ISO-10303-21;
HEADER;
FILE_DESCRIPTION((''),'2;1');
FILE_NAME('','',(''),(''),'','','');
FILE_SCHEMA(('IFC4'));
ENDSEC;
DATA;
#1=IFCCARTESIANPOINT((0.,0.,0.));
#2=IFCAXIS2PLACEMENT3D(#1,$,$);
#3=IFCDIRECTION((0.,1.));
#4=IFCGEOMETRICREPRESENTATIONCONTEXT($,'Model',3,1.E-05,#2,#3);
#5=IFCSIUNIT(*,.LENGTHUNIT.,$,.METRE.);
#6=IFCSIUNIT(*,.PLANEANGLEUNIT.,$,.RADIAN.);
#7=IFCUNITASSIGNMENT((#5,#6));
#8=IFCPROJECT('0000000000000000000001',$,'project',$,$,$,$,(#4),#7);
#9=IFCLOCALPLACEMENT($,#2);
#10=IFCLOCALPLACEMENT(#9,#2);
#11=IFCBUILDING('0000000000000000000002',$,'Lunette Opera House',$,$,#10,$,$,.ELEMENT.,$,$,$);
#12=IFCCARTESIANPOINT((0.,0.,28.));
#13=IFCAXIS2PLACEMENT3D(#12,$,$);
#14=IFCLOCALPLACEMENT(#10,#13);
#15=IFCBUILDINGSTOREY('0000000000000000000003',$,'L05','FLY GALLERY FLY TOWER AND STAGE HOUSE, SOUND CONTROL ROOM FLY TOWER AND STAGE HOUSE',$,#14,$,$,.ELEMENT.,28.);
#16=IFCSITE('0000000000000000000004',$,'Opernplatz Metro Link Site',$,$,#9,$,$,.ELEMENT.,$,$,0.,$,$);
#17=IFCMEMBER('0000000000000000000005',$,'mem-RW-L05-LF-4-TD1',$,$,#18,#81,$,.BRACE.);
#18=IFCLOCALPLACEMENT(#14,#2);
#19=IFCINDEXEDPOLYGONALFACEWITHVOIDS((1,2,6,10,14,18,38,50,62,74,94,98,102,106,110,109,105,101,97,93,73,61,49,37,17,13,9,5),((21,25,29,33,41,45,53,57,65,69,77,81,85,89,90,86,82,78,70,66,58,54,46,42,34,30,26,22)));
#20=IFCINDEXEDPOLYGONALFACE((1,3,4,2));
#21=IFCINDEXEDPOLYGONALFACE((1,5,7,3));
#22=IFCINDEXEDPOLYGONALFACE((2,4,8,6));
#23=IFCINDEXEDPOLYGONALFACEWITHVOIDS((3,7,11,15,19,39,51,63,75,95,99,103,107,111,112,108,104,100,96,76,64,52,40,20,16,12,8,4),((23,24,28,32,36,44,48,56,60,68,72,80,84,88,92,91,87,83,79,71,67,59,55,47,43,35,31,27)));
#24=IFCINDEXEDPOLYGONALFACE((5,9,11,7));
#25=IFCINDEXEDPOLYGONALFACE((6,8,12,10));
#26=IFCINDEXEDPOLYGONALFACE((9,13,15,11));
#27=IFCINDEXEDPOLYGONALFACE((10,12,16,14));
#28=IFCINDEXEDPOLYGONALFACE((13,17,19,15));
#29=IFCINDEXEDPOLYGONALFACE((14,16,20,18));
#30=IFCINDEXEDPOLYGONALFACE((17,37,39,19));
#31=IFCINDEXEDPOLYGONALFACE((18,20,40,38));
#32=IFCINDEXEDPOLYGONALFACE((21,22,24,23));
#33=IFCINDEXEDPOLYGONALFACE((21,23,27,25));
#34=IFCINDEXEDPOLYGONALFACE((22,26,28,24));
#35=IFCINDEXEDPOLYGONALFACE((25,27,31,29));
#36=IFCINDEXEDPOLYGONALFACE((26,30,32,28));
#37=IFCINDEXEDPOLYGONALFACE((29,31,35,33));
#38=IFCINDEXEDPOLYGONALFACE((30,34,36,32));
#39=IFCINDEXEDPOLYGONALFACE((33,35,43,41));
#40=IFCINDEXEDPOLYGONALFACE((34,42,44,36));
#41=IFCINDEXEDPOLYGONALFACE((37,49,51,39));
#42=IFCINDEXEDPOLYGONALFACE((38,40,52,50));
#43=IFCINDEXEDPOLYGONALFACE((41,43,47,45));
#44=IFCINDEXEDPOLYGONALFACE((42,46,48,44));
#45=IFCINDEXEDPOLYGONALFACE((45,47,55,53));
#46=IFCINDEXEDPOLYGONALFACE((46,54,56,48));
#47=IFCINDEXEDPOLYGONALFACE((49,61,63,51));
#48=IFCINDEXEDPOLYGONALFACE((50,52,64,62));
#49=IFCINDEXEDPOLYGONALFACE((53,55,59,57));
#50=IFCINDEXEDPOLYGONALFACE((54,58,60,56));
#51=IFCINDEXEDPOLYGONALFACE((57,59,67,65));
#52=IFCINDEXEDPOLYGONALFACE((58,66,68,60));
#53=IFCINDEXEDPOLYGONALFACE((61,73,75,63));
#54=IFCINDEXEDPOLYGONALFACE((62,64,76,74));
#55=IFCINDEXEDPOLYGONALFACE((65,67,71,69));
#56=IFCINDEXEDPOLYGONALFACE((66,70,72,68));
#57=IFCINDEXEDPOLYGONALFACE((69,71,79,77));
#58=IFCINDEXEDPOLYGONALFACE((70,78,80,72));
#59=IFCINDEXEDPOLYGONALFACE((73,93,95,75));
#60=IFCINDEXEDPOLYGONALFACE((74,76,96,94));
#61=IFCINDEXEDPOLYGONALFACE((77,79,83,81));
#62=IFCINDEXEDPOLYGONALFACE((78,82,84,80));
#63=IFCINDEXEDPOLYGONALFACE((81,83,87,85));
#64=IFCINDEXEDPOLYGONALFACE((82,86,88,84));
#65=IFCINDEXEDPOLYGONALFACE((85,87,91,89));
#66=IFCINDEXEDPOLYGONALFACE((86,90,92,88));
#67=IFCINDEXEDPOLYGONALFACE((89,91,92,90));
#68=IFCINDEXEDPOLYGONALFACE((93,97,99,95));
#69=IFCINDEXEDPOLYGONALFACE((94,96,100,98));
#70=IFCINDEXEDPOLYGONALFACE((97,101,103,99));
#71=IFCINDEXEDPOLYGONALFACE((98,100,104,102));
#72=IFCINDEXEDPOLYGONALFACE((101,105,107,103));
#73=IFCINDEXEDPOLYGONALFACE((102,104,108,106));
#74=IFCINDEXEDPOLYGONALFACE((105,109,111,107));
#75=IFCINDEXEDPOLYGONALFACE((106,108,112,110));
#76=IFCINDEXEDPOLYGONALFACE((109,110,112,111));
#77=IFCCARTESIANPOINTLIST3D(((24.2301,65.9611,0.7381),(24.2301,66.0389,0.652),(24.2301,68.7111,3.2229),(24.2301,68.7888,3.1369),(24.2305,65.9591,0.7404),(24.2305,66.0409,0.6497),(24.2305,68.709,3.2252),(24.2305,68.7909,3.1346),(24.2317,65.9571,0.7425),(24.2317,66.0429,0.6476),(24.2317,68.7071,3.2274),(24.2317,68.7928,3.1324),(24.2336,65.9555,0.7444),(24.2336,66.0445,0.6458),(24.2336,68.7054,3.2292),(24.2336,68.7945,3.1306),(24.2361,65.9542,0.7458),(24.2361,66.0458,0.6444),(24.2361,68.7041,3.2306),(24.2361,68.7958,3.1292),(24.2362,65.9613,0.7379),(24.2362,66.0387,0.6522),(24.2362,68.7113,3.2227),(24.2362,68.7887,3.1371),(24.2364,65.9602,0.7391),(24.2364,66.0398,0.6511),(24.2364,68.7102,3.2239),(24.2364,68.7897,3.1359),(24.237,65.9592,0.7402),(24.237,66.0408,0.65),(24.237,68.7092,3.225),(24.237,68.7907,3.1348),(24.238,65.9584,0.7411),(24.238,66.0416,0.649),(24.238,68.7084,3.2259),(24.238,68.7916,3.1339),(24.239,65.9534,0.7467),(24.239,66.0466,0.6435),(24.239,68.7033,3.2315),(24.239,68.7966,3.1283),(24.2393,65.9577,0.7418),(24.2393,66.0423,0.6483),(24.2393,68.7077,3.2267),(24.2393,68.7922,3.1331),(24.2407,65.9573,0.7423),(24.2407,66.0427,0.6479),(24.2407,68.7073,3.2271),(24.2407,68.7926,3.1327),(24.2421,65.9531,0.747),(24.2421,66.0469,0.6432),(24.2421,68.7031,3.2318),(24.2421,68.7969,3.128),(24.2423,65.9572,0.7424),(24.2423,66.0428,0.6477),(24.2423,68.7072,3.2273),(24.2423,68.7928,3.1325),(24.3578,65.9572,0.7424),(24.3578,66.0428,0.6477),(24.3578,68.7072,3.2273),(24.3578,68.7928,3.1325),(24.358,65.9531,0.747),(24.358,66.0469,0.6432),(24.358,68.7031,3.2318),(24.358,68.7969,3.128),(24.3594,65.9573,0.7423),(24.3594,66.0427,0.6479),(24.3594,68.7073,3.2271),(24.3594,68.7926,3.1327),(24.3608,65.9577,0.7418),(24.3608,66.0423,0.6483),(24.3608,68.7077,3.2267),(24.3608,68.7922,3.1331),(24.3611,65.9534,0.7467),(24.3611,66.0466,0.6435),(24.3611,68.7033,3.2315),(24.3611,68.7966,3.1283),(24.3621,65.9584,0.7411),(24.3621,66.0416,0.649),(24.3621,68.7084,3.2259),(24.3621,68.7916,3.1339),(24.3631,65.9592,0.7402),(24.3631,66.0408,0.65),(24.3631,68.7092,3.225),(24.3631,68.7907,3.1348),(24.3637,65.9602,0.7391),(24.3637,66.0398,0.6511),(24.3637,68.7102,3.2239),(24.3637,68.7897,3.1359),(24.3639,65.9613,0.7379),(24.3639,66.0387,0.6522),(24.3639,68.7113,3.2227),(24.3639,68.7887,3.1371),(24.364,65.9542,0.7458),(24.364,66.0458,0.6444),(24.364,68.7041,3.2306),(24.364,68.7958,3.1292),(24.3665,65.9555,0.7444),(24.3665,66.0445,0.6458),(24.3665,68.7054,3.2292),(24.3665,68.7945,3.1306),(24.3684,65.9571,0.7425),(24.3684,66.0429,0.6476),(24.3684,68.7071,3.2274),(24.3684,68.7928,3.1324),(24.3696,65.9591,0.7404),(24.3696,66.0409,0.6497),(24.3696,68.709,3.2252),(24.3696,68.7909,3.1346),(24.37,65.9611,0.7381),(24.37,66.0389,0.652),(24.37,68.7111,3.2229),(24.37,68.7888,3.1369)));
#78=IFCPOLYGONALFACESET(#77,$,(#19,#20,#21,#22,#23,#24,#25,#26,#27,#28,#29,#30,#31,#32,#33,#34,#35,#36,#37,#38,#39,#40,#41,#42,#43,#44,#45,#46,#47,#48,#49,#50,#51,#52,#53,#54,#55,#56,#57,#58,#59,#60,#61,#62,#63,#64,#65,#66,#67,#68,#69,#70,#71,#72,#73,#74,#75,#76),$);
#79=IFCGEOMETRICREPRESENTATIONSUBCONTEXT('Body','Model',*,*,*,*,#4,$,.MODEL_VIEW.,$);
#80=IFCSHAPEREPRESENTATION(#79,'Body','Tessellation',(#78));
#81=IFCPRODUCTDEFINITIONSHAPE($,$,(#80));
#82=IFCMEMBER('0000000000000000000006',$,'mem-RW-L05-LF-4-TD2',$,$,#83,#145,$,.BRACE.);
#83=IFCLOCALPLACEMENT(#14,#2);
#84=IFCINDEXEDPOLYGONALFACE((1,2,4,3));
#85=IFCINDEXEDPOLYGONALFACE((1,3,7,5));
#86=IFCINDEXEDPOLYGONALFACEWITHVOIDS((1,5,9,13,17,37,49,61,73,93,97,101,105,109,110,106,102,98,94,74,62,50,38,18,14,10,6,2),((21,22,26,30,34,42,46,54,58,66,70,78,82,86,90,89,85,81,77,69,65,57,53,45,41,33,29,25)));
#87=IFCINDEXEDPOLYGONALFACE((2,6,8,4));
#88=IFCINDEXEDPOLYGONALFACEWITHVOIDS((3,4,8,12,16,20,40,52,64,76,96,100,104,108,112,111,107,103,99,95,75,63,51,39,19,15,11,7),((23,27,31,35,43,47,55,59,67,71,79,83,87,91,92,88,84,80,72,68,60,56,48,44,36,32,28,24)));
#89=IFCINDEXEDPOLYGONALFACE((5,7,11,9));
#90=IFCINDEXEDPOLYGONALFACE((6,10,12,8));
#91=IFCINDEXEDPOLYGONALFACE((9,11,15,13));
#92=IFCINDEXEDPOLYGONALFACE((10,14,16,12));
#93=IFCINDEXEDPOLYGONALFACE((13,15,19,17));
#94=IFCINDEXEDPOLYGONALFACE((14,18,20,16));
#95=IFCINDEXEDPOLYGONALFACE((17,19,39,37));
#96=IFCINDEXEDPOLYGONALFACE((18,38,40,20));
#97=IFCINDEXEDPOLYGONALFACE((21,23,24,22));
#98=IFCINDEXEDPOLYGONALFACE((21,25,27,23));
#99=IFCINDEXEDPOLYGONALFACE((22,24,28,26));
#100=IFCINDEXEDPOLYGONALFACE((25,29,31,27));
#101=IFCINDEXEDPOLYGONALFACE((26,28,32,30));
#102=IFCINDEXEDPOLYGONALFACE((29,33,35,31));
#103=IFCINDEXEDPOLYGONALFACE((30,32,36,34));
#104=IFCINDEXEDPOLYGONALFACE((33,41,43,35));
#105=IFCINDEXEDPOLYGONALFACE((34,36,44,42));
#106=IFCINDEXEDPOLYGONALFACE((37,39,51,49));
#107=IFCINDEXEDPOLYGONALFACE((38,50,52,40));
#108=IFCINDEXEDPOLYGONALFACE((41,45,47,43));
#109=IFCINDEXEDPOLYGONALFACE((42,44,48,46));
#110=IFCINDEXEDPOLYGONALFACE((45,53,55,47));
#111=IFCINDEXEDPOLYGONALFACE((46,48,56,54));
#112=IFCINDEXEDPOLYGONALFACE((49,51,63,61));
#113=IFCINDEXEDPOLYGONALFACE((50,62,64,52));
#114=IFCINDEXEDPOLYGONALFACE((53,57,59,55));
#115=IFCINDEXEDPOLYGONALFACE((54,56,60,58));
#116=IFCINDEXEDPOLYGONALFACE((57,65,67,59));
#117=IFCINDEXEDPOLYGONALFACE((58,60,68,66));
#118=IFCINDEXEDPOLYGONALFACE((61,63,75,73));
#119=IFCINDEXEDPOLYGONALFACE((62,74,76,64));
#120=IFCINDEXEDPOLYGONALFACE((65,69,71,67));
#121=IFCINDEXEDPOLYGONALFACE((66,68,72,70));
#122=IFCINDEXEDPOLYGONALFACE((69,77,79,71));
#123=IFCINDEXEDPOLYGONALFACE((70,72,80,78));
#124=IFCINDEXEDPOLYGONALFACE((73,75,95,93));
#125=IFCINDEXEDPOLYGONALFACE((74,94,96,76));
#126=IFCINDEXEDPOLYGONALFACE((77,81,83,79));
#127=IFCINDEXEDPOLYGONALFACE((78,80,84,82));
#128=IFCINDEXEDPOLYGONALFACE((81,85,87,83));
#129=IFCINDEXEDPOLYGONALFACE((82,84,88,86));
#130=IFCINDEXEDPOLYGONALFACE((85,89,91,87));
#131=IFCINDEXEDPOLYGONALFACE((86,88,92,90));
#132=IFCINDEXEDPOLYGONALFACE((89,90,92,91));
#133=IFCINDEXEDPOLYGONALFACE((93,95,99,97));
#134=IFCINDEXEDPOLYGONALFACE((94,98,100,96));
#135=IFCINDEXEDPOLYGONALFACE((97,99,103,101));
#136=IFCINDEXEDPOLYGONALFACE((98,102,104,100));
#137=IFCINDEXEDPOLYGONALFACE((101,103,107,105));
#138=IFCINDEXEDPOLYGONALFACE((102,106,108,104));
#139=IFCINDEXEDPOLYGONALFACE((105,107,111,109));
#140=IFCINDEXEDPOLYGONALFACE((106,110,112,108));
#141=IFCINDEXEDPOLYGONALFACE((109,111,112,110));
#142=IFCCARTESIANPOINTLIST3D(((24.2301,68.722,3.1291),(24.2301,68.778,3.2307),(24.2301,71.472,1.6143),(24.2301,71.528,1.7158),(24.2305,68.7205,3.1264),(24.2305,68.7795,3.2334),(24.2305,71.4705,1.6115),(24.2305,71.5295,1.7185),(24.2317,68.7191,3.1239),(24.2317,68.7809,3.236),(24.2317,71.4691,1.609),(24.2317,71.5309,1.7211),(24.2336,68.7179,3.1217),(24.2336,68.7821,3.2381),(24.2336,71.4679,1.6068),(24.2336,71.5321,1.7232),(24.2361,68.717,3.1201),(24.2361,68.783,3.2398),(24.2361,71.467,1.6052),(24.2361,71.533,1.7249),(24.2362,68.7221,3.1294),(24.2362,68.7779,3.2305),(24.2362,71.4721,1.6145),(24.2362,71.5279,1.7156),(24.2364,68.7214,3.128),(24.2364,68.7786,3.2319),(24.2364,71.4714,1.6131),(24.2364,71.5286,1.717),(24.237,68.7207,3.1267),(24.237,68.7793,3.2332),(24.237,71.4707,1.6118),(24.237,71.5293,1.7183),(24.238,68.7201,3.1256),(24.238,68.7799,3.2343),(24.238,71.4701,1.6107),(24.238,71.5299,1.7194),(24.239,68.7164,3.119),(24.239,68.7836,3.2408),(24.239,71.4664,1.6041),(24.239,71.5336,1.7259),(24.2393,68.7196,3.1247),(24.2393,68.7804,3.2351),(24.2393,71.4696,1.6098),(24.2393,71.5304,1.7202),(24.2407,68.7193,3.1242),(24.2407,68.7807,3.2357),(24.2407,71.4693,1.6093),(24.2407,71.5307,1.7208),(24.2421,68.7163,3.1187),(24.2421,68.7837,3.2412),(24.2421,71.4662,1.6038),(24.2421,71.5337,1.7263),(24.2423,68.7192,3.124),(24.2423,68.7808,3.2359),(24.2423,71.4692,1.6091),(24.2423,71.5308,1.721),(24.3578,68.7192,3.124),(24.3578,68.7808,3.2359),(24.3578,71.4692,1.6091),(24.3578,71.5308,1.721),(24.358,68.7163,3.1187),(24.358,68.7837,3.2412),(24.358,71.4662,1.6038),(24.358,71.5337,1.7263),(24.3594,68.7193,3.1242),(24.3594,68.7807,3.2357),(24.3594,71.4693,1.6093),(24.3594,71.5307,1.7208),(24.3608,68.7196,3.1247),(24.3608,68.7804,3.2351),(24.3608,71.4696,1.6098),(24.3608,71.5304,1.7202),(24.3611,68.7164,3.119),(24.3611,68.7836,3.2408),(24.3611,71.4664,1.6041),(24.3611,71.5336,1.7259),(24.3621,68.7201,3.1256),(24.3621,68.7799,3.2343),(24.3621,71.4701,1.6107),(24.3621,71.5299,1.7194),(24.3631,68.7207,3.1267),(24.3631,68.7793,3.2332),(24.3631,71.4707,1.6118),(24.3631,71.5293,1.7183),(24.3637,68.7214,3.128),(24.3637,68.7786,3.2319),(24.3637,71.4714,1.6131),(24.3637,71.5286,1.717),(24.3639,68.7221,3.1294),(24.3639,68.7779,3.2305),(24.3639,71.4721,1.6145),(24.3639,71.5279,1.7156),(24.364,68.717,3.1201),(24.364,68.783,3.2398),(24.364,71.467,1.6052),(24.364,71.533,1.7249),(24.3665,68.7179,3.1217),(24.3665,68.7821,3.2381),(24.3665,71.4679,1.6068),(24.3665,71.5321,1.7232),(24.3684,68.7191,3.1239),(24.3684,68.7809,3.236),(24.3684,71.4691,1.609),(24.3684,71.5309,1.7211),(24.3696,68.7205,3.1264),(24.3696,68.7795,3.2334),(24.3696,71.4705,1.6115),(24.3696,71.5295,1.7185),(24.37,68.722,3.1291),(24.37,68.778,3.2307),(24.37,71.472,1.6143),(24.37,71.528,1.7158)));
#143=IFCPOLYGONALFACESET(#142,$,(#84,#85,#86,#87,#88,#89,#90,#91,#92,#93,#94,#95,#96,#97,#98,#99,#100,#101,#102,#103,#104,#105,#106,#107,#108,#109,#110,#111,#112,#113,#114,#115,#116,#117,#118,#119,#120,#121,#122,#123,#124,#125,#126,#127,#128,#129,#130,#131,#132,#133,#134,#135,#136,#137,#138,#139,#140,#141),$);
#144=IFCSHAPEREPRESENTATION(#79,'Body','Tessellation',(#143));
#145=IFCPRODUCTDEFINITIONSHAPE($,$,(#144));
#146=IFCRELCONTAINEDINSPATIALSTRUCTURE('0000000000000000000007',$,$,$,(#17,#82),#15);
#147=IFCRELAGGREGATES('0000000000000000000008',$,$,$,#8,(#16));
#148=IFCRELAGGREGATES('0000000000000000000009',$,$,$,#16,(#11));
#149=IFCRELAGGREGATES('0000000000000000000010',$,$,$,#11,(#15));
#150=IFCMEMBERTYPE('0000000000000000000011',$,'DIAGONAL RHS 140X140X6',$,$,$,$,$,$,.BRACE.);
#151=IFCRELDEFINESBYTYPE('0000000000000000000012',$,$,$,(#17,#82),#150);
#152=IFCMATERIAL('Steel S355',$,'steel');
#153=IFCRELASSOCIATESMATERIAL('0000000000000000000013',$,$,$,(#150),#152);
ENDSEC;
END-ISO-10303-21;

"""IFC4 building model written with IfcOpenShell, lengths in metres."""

from ifc_helpers import new_model, si_unit, direction, frame, origin, origin_2d, place, context, subcontext, project, spatial, hollow_rectangle, extrude, material, material_profile, profile_set, type_object, element, save


model = new_model("IFC4")

# Units and contexts
model_context = context("Model", 3, precision=1e-05, world=origin(), true_north=direction((0.0, 1.0)))
body_context = subcontext(model_context, "Body", "Model", "MODEL_VIEW")
ifc_project = project(units=[si_unit("LENGTHUNIT", "METRE"), si_unit("PLANEANGLEUNIT", "RADIAN")], contexts=[model_context])

# Site, building, storey
site_placement = place(None, origin())
site = spatial("IfcSite", under=ifc_project, at=site_placement, Name="Opernplatz Metro Link Site", CompositionType="ELEMENT", RefElevation=0.0)
building_placement = place(site_placement, origin())
building = spatial("IfcBuilding", under=site, at=building_placement, Name="Lunette Opera House", CompositionType="ELEMENT")
storey_placement = place(building_placement, frame((0.0, 0.0, 28.0)))
storey = spatial("IfcBuildingStorey", under=building, at=storey_placement, Name="L05", Description="FLY GALLERY FLY TOWER AND STAGE HOUSE, SOUND CONTROL ROOM FLY TOWER AND STAGE HOUSE", CompositionType="ELEMENT", Elevation=28.0)

# Members
ifc_material_1 = material(Name="Steel S355", Category="steel")
ifc_material_profile_1 = material_profile(ifc_material_1, hollow_rectangle(XDim=0.1399, YDim=0.1399, WallThickness=0.0061, InnerFilletRadius=0.0061, OuterFilletRadius=0.012, at=origin_2d()), Name="RHS 140X140X6")
ifc_profile_set_1 = profile_set([ifc_material_profile_1], Name="Steel S355")
member_type_1 = type_object("IfcMemberType", Name="DIAGONAL RHS 140X140X6", PredefinedType="BRACE", material=ifc_profile_set_1)
member_1_placement = place(storey_placement, frame((24.3, 66.0, 0.6951), z_axis=(0.0, 0.741969, 0.670434), x_axis=(-1.0, 0.0, 0.0)))
element("IfcMember", 1, at=member_1_placement, inside=storey, type_object=member_type_1, Name="mem-RW-L05-LF-4-TD1", PredefinedType="BRACE", context=body_context, shape_type="SweptSolid", body=[
    extrude(hollow_rectangle(XDim=0.1399, YDim=0.1399, WallThickness=0.0061, InnerFilletRadius=0.0061, OuterFilletRadius=0.012, at=origin_2d()), origin(), (0.0, 0.0, 1.0), 3.7063),
])
member_2_placement = place(storey_placement, frame((24.3, 68.75, 3.1799), z_axis=(0.0, 0.875894, -0.482504), x_axis=(-1.0, 0.0, 0.0)))
element("IfcMember", 2, at=member_2_placement, inside=storey, type_object=member_type_1, Name="mem-RW-L05-LF-4-TD2", PredefinedType="BRACE", context=body_context, shape_type="SweptSolid", body=[
    extrude(hollow_rectangle(XDim=0.1399, YDim=0.1399, WallThickness=0.0061, InnerFilletRadius=0.0061, OuterFilletRadius=0.012, at=origin_2d()), origin(), (0.0, 0.0, 1.0), 3.1396),
])

save(model, "model.ifc")
